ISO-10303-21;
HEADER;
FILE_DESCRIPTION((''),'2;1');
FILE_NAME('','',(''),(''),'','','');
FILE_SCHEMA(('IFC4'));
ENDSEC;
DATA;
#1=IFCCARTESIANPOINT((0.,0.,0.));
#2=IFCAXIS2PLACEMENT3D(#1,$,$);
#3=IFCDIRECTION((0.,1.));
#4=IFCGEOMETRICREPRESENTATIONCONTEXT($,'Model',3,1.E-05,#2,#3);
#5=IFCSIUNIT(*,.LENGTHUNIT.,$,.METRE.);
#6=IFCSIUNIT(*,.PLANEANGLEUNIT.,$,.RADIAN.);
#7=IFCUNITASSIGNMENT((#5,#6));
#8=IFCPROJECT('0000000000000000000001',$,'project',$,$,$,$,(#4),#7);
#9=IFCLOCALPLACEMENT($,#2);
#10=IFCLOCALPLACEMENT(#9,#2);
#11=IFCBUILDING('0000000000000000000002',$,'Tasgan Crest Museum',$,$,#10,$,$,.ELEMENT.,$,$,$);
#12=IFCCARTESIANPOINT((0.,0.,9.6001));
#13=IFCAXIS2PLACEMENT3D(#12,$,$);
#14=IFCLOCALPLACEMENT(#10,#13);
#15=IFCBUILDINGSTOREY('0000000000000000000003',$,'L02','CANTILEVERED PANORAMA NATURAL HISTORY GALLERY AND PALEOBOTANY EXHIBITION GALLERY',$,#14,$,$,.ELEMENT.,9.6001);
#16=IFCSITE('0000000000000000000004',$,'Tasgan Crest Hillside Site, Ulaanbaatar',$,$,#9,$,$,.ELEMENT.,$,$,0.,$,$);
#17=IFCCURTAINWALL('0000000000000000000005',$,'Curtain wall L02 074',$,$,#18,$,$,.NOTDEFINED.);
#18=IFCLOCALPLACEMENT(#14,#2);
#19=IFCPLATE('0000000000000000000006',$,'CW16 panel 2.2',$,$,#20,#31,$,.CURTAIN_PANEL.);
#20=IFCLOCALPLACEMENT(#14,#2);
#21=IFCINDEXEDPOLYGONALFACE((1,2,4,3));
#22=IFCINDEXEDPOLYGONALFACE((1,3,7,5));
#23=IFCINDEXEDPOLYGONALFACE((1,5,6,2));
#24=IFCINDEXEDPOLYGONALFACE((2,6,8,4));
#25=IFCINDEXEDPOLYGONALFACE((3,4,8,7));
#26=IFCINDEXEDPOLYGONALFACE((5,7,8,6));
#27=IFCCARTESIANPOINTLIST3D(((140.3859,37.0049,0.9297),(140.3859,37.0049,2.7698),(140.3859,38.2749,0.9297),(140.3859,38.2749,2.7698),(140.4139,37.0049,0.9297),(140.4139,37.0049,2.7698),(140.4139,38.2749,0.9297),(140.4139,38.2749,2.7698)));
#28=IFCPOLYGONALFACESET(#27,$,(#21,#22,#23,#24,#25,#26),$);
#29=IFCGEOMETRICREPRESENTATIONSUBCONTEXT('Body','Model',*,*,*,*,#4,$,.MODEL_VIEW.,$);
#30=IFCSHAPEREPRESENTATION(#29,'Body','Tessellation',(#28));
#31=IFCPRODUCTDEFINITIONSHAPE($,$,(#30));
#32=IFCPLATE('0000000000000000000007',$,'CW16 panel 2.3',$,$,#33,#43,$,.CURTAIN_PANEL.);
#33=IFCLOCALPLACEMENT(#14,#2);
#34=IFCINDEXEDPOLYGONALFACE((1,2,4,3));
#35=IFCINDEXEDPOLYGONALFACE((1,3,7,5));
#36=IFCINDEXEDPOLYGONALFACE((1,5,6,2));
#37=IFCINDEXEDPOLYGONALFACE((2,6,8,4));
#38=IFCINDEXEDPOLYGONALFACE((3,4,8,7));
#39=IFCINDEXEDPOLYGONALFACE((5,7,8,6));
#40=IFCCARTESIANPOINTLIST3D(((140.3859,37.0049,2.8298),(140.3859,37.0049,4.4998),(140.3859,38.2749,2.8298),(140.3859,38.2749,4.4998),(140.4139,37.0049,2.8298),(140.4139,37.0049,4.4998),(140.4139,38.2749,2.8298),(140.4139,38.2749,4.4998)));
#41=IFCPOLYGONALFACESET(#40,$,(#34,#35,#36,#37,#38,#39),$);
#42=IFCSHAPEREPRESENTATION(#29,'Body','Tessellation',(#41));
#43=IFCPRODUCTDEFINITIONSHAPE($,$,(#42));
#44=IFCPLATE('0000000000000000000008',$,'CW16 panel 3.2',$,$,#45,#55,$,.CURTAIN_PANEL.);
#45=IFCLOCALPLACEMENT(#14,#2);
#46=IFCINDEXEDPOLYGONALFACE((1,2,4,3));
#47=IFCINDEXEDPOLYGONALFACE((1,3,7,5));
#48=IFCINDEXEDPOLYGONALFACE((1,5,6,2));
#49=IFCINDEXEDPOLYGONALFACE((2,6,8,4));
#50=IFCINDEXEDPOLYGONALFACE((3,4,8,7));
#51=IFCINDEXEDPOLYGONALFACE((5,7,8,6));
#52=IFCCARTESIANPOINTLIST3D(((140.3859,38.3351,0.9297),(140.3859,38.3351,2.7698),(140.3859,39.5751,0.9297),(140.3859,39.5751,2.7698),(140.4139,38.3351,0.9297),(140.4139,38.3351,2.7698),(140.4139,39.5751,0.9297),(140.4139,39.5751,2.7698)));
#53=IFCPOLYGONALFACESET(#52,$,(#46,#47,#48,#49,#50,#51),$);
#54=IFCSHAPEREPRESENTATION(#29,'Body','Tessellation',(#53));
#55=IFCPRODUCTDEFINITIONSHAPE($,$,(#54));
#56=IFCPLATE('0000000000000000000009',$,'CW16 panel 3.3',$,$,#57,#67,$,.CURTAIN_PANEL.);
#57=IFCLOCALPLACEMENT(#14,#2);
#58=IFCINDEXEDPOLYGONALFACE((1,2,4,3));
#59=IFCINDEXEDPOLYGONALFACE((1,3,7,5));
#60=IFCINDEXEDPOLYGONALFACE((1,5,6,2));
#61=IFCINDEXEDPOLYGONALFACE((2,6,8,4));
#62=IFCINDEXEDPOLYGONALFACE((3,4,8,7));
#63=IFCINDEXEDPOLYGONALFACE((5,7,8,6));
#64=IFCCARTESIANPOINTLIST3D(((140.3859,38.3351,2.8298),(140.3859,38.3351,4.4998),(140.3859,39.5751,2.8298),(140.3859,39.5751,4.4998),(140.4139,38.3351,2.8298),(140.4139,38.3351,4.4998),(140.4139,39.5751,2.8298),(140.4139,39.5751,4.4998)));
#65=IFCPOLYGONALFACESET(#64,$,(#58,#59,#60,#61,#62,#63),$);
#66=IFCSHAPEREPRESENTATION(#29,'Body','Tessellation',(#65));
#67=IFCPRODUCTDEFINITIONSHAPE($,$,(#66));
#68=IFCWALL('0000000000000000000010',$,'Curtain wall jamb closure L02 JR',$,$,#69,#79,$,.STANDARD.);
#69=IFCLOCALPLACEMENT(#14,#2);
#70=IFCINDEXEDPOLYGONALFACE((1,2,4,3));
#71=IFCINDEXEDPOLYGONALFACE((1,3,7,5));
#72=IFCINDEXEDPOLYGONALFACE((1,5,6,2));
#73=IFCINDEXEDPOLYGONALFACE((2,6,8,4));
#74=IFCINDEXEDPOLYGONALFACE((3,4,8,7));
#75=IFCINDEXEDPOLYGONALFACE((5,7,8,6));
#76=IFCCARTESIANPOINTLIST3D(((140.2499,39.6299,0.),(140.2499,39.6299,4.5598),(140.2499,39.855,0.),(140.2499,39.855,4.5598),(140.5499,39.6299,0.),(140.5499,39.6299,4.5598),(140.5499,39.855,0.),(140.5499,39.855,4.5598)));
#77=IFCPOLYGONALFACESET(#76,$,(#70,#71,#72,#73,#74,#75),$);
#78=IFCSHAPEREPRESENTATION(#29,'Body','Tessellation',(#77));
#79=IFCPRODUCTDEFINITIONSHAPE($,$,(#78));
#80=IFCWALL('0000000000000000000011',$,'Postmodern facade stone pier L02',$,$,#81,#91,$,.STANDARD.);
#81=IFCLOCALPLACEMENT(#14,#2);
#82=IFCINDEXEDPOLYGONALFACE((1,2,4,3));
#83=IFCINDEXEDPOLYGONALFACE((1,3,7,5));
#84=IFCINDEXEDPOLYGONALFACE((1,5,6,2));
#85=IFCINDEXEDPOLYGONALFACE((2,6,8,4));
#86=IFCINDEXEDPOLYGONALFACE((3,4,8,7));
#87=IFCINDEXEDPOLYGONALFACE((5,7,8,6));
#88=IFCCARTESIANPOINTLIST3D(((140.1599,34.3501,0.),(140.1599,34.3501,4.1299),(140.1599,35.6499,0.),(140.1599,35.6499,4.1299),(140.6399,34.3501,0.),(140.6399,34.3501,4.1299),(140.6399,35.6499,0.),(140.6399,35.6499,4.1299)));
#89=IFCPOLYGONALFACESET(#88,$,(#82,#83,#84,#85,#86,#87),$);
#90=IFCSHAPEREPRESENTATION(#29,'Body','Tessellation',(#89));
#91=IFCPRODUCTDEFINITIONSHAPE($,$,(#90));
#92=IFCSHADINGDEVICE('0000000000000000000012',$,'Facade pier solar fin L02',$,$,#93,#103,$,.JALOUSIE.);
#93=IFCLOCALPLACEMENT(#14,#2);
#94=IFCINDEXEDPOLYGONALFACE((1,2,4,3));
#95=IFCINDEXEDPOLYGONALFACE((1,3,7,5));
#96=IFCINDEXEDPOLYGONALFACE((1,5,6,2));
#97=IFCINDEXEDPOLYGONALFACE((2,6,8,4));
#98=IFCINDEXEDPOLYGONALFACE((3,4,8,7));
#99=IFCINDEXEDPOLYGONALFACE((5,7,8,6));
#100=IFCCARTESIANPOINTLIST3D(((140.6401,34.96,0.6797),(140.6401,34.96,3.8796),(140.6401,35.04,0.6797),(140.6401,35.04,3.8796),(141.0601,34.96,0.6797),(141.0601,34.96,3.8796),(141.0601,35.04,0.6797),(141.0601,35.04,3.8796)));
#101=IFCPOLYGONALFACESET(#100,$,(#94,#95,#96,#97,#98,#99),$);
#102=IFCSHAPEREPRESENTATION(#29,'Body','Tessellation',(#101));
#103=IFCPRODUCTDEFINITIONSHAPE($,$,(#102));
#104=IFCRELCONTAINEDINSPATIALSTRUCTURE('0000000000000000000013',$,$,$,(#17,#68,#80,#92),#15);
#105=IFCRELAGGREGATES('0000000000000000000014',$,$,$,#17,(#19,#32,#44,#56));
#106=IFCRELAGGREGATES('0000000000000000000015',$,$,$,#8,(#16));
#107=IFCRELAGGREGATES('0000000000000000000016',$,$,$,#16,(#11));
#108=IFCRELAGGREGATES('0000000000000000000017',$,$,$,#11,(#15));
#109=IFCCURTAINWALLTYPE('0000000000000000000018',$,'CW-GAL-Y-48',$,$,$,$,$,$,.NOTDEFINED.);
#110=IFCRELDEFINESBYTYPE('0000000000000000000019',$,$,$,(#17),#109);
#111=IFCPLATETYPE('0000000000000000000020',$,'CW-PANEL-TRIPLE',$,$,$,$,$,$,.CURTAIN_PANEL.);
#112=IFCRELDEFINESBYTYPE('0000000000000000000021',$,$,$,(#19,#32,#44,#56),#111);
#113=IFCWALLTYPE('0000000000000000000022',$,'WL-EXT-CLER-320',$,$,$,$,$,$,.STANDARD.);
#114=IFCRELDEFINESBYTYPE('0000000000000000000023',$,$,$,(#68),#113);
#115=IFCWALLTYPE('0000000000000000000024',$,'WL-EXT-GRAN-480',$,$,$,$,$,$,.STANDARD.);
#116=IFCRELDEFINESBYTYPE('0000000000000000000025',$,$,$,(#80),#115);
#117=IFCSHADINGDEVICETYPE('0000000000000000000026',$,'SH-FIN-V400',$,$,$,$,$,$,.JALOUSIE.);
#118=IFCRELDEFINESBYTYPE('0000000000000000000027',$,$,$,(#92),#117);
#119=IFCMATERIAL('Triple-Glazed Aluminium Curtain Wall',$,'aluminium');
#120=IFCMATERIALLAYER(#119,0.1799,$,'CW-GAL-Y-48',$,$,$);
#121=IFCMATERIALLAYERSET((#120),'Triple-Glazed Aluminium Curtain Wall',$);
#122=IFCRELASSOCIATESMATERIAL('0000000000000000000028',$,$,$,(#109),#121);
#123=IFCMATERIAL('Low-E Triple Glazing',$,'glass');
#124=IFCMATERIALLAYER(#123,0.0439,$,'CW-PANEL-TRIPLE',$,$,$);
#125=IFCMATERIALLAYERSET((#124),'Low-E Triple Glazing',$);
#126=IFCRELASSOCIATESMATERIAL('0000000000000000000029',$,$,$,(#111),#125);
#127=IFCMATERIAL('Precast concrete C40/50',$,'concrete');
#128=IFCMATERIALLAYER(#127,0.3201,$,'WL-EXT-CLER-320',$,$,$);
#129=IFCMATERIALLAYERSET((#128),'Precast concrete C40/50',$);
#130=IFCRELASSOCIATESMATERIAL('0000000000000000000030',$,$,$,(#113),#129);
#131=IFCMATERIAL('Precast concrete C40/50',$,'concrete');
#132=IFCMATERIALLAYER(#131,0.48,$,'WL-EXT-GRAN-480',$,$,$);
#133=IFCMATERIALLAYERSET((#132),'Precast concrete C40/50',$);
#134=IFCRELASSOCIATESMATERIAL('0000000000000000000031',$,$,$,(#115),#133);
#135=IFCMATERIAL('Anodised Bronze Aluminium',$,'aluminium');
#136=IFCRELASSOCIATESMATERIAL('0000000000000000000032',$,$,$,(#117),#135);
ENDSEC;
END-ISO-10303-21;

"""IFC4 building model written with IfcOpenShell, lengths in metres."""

from ifc_helpers import new_model, si_unit, direction, frame, frame_2d, origin, origin_2d, place, context, subcontext, project, spatial, rectangle, extrude, material, layer, layer_set, type_object, element, aggregate, save


model = new_model("IFC4")

# Units and contexts
model_context = context("Model", 3, precision=1e-05, world=origin(), true_north=direction((0.0, 1.0)))
body_context = subcontext(model_context, "Body", "Model", "MODEL_VIEW")
ifc_project = project(units=[si_unit("LENGTHUNIT", "METRE"), si_unit("PLANEANGLEUNIT", "RADIAN")], contexts=[model_context])

# Site, building, storey
site_placement = place(None, origin())
site = spatial("IfcSite", under=ifc_project, at=site_placement, Name="Tasgan Crest Hillside Site, Ulaanbaatar", CompositionType="ELEMENT", RefElevation=0.0)
building_placement = place(site_placement, origin())
building = spatial("IfcBuilding", under=site, at=building_placement, Name="Tasgan Crest Museum", CompositionType="ELEMENT")
storey_placement = place(building_placement, frame((0.0, 0.0, 9.6001)))
storey = spatial("IfcBuildingStorey", under=building, at=storey_placement, Name="L02", Description="CANTILEVERED PANORAMA NATURAL HISTORY GALLERY AND PALEOBOTANY EXHIBITION GALLERY", CompositionType="ELEMENT", Elevation=9.6001)

# Shared definitions
ifc_material_1 = material(Name="Triple-Glazed Aluminium Curtain Wall", Category="aluminium")
ifc_layer_1 = layer(ifc_material_1, 0.1799, Name="CW-GAL-Y-48")
ifc_layer_set_1 = layer_set([ifc_layer_1], Name="Triple-Glazed Aluminium Curtain Wall")
curtain_wall_type = type_object("IfcCurtainWallType", Name="CW-GAL-Y-48", PredefinedType="NOTDEFINED", material=ifc_layer_set_1)

# Curtain wall
curtain_wall_1_placement = place(storey_placement, origin())
curtain_wall_1 = element("IfcCurtainWall", 1, at=curtain_wall_1_placement, inside=storey, type_object=curtain_wall_type, Name="Curtain wall L02 074", PredefinedType="NOTDEFINED")

# Plates
ifc_material_2 = material(Name="Low-E Triple Glazing", Category="glass")
ifc_layer_2 = layer(ifc_material_2, 0.0439, Name="CW-PANEL-TRIPLE")
ifc_layer_set_2 = layer_set([ifc_layer_2], Name="Low-E Triple Glazing")
plate_type_1 = type_object("IfcPlateType", Name="CW-PANEL-TRIPLE", PredefinedType="CURTAIN_PANEL", material=ifc_layer_set_2)
plate_1_placement = place(storey_placement, frame((140.3999, 37.6399, 0.9297), z_axis=(0.0, 0.0, 1.0), x_axis=(0.0, 1.0, 0.0)))
plate_1 = element("IfcPlate", 2, at=plate_1_placement, type_object=plate_type_1, Name="CW16 panel 2.2", PredefinedType="CURTAIN_PANEL", context=body_context, shape_type="SweptSolid", body=[
    extrude(rectangle(XDim=1.27, YDim=0.0281, at=origin_2d()), origin(), (0.0, 0.0, 1.0), 1.8401),
])
plate_2_placement = place(storey_placement, frame((140.3999, 37.6399, 2.8298), z_axis=(0.0, 0.0, 1.0), x_axis=(0.0, 1.0, 0.0)))
plate_2 = element("IfcPlate", 3, at=plate_2_placement, type_object=plate_type_1, Name="CW16 panel 2.3", PredefinedType="CURTAIN_PANEL", context=body_context, shape_type="SweptSolid", body=[
    extrude(rectangle(XDim=1.27, YDim=0.0281, at=origin_2d()), origin(), (0.0, 0.0, 1.0), 1.6699),
])
plate_3_placement = place(storey_placement, frame((140.3999, 38.9551, 0.9297), z_axis=(0.0, 0.0, 1.0), x_axis=(0.0, 1.0, 0.0)))
plate_3 = element("IfcPlate", 4, at=plate_3_placement, type_object=plate_type_1, Name="CW16 panel 3.2", PredefinedType="CURTAIN_PANEL", context=body_context, shape_type="SweptSolid", body=[
    extrude(rectangle(XDim=1.24, YDim=0.0281, at=origin_2d()), origin(), (0.0, 0.0, 1.0), 1.8401),
])
plate_4_placement = place(storey_placement, frame((140.3999, 38.9551, 2.8298), z_axis=(0.0, 0.0, 1.0), x_axis=(0.0, 1.0, 0.0)))
plate_4 = element("IfcPlate", 5, at=plate_4_placement, type_object=plate_type_1, Name="CW16 panel 3.3", PredefinedType="CURTAIN_PANEL", context=body_context, shape_type="SweptSolid", body=[
    extrude(rectangle(XDim=1.24, YDim=0.0281, at=origin_2d()), origin(), (0.0, 0.0, 1.0), 1.6699),
])
aggregate(curtain_wall_1, [plate_1, plate_2, plate_3, plate_4])

# Walls
ifc_material_3 = material(Name="Precast concrete C40/50", Category="concrete")
ifc_layer_3 = layer(ifc_material_3, 0.3201, Name="WL-EXT-CLER-320")
ifc_layer_set_3 = layer_set([ifc_layer_3], Name="Precast concrete C40/50")
wall_type_1 = type_object("IfcWallType", Name="WL-EXT-CLER-320", PredefinedType="STANDARD", material=ifc_layer_set_3)
wall_1_placement = place(storey_placement, frame((140.3999, 39.6299, 0.0), z_axis=(0.0, 0.0, 1.0), x_axis=(0.0, 1.0, 0.0)))
element("IfcWall", 6, at=wall_1_placement, inside=storey, type_object=wall_type_1, Name="Curtain wall jamb closure L02 JR", PredefinedType="STANDARD", context=body_context, shape_type="SweptSolid", body=[
    extrude(rectangle(XDim=0.2251, YDim=0.3, at=frame_2d((0.1125, 0.0))), origin(), (0.0, 0.0, 1.0), 4.5598),
])
ifc_material_4 = material(Name="Precast concrete C40/50", Category="concrete")
ifc_layer_4 = layer(ifc_material_4, 0.48, Name="WL-EXT-GRAN-480")
ifc_layer_set_4 = layer_set([ifc_layer_4], Name="Precast concrete C40/50")
wall_type_2 = type_object("IfcWallType", Name="WL-EXT-GRAN-480", PredefinedType="STANDARD", material=ifc_layer_set_4)
wall_2_placement = place(storey_placement, frame((140.3999, 34.3501, 0.0), z_axis=(0.0, 0.0, 1.0), x_axis=(0.0, 1.0, 0.0)))
element("IfcWall", 7, at=wall_2_placement, inside=storey, type_object=wall_type_2, Name="Postmodern facade stone pier L02", PredefinedType="STANDARD", context=body_context, shape_type="SweptSolid", body=[
    extrude(rectangle(XDim=1.2998, YDim=0.48, at=frame_2d((0.6499, 0.0))), origin(), (0.0, 0.0, 1.0), 4.1299),
])

# Shading device
ifc_material_5 = material(Name="Anodised Bronze Aluminium", Category="aluminium")
shading_device_type = type_object("IfcShadingDeviceType", Name="SH-FIN-V400", PredefinedType="JALOUSIE", material=ifc_material_5)
shading_device_placement = place(storey_placement, frame((140.8501, 35.0, 0.6797), z_axis=(0.0, 0.0, 1.0), x_axis=(0.0, 1.0, 0.0)))
element("IfcShadingDevice", 8, at=shading_device_placement, inside=storey, type_object=shading_device_type, Name="Facade pier solar fin L02", PredefinedType="JALOUSIE", context=body_context, shape_type="SweptSolid", body=[
    extrude(rectangle(XDim=0.0801, YDim=0.4199, at=origin_2d()), origin(), (0.0, 0.0, 1.0), 3.2),
])

save(model, "model.ifc")
